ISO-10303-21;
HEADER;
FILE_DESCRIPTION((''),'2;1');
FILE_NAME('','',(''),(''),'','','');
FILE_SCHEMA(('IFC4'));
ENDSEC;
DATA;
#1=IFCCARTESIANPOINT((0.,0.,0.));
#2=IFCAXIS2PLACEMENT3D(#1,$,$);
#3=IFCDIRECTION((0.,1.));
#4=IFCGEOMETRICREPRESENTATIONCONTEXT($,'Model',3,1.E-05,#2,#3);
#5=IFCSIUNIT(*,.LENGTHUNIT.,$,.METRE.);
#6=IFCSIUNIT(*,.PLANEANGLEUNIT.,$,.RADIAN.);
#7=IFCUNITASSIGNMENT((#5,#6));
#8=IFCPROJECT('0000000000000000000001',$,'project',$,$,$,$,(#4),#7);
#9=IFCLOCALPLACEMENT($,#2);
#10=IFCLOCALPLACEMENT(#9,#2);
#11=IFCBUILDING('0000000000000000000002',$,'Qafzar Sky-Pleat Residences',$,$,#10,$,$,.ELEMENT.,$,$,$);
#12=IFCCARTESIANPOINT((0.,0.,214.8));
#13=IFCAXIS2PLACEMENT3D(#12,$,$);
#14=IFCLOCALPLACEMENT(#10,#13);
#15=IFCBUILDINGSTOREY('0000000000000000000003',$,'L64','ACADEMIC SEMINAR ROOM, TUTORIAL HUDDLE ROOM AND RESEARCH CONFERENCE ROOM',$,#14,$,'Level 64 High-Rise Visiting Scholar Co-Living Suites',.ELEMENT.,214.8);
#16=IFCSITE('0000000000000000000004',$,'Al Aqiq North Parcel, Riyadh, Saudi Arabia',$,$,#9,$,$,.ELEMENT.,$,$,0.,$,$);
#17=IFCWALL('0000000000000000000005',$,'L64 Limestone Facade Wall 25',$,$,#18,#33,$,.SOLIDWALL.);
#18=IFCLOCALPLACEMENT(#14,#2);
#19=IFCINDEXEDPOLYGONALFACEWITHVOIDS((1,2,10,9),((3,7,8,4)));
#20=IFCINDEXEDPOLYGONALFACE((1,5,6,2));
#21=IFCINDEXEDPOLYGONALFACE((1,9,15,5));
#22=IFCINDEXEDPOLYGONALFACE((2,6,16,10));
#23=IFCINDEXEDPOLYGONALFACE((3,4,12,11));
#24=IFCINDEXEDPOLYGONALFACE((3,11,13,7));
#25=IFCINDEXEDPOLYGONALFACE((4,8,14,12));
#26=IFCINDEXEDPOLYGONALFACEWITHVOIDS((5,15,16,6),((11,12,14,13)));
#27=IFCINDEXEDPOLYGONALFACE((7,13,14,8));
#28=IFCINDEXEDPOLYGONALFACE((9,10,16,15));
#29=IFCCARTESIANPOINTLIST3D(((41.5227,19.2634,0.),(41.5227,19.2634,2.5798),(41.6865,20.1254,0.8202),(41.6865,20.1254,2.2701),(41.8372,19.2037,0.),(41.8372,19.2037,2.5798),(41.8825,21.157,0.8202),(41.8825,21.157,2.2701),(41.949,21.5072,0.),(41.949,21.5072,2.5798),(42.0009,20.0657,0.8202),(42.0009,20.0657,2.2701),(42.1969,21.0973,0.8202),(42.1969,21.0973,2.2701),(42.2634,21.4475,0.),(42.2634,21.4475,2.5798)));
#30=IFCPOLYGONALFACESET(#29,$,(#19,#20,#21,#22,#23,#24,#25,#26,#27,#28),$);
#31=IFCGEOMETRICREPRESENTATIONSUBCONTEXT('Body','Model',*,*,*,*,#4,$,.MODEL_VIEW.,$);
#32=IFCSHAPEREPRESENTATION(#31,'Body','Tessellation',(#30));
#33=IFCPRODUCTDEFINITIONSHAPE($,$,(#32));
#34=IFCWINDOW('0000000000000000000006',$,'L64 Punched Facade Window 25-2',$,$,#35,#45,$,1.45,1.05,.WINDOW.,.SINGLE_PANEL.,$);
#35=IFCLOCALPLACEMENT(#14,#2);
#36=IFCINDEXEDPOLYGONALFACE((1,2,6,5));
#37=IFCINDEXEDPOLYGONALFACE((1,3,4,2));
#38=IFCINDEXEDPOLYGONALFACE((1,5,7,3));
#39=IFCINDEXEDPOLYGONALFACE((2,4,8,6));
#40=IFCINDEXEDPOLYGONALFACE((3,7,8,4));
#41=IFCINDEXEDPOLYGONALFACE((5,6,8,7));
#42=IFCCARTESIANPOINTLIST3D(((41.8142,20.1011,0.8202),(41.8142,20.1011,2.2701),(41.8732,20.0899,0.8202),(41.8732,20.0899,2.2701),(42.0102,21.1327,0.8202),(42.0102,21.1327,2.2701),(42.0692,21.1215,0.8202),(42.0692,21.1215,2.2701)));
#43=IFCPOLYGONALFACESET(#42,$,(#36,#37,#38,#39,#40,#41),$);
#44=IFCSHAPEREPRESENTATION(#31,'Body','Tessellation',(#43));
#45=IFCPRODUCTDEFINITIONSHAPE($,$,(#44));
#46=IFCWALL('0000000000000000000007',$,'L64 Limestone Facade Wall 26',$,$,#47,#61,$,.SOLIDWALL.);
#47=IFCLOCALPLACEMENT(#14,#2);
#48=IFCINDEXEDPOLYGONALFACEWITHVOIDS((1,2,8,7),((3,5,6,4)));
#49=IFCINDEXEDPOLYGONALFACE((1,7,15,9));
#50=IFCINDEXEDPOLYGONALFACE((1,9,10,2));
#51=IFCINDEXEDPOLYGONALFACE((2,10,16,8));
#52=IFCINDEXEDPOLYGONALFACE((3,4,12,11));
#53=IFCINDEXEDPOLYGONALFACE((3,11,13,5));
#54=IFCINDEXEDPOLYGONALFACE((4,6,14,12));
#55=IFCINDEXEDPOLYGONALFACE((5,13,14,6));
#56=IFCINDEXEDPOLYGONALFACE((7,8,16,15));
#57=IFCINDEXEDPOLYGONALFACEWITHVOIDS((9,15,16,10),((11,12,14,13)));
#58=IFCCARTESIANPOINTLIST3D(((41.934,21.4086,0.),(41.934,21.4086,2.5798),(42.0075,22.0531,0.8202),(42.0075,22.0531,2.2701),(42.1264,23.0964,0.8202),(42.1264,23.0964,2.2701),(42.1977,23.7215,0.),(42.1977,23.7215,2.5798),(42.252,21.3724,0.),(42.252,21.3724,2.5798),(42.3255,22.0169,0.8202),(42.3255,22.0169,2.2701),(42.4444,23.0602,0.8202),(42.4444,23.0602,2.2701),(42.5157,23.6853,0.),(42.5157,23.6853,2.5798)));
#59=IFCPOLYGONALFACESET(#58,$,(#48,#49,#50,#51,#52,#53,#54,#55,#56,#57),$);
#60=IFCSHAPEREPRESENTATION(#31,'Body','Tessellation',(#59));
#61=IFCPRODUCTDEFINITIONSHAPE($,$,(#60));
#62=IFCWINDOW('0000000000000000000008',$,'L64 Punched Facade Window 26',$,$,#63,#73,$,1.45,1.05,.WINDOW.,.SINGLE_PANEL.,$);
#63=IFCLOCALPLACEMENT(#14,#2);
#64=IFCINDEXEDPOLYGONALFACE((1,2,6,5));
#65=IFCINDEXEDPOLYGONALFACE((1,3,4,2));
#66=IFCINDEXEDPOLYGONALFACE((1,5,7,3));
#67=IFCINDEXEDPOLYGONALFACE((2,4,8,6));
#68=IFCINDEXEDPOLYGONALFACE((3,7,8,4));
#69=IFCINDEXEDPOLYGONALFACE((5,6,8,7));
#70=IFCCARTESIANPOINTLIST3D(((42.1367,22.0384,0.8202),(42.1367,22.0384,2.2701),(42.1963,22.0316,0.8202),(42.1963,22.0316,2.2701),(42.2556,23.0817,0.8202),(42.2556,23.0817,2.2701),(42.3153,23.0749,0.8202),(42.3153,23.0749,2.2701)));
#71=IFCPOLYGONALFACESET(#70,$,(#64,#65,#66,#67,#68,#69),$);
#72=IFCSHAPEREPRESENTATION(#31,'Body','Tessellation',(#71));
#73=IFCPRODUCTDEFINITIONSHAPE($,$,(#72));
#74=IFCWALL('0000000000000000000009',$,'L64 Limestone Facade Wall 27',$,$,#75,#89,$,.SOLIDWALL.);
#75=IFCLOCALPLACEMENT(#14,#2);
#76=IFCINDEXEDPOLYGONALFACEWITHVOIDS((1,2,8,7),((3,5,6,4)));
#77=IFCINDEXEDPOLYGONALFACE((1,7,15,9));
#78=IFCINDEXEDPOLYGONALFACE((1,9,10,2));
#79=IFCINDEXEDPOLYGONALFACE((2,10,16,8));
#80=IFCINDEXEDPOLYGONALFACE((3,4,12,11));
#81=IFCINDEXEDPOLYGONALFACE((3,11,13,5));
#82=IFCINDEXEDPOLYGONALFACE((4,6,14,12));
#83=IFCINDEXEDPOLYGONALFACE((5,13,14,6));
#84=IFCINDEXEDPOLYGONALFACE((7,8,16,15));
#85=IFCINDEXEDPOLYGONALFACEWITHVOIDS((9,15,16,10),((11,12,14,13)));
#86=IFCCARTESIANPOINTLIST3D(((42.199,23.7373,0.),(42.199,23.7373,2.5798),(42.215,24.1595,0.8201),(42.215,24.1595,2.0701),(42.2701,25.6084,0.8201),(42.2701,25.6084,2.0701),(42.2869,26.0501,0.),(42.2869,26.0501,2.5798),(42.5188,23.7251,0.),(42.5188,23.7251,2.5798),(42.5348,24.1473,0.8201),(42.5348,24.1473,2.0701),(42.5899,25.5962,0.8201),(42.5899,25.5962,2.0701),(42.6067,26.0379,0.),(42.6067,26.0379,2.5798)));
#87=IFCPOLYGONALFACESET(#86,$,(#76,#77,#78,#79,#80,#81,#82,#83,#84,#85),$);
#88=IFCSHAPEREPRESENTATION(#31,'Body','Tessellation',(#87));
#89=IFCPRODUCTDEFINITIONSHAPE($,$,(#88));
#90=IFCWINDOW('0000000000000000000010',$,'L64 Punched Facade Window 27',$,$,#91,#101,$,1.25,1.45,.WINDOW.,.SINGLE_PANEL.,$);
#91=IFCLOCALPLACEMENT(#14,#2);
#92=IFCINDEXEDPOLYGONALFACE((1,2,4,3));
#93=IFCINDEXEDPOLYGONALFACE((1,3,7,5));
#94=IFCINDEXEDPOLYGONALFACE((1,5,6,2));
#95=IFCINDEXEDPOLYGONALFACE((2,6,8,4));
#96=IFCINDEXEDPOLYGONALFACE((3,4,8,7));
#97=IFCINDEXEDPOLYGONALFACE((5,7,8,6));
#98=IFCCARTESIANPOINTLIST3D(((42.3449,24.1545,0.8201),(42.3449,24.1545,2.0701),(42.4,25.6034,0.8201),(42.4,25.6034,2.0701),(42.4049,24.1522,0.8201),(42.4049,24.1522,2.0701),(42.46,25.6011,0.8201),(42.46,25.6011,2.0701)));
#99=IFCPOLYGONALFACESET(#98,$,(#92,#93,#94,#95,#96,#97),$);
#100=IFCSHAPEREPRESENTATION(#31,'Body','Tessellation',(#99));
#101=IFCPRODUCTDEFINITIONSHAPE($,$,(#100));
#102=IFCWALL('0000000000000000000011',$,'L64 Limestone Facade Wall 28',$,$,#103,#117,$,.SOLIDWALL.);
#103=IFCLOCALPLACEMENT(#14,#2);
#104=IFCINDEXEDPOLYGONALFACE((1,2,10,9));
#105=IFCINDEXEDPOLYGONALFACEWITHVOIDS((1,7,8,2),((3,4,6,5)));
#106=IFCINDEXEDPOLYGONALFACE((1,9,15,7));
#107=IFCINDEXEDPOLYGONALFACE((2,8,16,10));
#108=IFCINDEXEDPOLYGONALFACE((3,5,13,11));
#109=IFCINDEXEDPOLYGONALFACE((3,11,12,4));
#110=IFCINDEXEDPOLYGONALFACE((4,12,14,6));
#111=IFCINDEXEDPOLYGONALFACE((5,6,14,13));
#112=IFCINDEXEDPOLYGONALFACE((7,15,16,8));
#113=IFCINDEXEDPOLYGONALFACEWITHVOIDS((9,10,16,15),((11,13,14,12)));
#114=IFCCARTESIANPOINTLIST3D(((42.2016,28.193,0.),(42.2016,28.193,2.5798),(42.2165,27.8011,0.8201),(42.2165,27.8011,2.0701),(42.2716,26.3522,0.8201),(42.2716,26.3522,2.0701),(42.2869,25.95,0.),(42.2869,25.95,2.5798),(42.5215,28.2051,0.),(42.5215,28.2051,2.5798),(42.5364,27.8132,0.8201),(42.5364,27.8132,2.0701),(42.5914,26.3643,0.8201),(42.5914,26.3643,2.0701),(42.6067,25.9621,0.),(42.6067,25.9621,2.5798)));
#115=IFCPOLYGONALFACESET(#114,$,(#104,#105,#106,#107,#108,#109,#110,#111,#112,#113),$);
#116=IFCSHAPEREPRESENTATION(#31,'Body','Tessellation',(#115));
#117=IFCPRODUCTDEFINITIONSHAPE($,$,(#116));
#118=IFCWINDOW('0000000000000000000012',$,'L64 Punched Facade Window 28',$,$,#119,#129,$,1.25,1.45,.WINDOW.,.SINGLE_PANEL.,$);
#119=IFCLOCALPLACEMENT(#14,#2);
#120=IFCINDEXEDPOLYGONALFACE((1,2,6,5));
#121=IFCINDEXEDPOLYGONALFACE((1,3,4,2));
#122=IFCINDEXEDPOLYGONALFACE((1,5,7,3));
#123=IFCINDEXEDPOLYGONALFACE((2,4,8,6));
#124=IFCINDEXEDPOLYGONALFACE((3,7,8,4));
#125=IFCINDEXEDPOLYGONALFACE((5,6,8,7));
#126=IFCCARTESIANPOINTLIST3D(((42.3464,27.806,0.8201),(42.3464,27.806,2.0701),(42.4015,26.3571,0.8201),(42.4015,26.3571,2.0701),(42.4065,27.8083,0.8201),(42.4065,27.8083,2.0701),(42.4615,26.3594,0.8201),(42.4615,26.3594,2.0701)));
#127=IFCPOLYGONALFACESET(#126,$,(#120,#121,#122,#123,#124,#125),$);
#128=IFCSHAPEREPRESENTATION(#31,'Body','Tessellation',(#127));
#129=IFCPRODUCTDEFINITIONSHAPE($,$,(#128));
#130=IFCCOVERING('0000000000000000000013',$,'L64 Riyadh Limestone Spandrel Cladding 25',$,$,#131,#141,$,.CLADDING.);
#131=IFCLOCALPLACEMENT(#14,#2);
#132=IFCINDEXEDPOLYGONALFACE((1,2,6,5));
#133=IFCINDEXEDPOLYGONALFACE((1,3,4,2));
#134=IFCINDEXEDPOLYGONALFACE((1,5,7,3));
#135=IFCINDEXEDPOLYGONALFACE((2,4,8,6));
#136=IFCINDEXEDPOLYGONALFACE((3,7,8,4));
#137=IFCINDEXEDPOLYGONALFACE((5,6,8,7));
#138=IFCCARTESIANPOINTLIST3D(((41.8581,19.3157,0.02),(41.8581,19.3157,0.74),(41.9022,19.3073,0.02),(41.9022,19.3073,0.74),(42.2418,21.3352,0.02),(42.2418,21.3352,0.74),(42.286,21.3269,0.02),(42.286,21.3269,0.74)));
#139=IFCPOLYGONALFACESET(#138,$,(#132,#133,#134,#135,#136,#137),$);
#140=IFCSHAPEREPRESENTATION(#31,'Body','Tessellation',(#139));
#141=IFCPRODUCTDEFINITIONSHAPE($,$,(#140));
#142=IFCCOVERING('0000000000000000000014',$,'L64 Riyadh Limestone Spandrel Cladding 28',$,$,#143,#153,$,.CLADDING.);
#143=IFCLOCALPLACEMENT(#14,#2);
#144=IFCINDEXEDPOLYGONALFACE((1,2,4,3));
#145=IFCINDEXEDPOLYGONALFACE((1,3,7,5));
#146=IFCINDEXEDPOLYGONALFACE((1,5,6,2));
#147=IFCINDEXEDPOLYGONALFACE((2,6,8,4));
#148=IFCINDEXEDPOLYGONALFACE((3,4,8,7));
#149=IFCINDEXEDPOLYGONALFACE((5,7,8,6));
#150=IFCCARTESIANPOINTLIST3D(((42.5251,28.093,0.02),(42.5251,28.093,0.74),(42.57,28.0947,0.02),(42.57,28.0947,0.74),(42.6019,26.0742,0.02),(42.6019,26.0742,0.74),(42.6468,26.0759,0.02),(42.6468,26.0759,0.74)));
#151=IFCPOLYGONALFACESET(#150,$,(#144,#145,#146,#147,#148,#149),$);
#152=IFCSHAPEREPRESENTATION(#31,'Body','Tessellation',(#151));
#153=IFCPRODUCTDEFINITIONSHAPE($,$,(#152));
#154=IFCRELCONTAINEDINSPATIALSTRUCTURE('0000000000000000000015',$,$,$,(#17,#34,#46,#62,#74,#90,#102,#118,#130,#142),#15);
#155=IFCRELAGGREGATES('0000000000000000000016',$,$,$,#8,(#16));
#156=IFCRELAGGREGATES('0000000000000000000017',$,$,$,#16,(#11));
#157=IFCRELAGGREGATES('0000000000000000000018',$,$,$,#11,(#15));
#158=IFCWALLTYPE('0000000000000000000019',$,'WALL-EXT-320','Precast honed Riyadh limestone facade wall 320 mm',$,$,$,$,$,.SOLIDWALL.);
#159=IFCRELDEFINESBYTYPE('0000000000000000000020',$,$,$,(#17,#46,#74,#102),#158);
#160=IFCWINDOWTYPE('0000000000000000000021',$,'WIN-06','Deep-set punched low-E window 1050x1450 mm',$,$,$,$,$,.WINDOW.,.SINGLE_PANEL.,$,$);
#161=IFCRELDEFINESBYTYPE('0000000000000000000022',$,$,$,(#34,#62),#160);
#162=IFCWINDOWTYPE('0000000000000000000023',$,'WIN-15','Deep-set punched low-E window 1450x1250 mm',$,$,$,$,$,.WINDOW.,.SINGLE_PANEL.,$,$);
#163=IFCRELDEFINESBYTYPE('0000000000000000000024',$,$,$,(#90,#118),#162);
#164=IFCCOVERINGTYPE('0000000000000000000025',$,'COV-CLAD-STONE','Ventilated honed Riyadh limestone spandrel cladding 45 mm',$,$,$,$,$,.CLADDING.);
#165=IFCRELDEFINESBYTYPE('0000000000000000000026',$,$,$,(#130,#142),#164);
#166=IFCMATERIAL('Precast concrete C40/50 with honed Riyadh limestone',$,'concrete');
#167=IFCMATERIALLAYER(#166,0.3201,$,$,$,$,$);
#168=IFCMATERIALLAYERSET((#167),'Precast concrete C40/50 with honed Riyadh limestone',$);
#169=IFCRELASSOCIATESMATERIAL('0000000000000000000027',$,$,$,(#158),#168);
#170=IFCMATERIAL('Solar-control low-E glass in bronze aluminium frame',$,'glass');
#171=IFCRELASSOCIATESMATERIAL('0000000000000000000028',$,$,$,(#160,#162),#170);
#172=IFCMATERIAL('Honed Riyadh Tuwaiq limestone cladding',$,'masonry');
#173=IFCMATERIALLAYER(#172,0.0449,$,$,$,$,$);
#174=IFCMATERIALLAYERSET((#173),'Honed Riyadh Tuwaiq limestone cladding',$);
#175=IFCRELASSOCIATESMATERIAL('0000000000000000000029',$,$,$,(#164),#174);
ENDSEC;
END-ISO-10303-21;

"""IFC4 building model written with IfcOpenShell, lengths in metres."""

from ifc_helpers import new_model, si_unit, direction, frame, frame_2d, origin, origin_2d, place, context, subcontext, project, spatial, rectangle, extrude, source, transform, mapped, material, layer, layer_set, type_object, element, fill, save


model = new_model("IFC4")

# Units and contexts
model_context = context("Model", 3, precision=1e-05, world=origin(), true_north=direction((0.0, 1.0)))
body_context = subcontext(model_context, "Body", "Model", "MODEL_VIEW")
ifc_project = project(units=[si_unit("LENGTHUNIT", "METRE"), si_unit("PLANEANGLEUNIT", "RADIAN")], contexts=[model_context])

# Site, building, storey
site_placement = place(None, origin())
site = spatial("IfcSite", under=ifc_project, at=site_placement, Name="Al Aqiq North Parcel, Riyadh, Saudi Arabia", CompositionType="ELEMENT", RefElevation=0.0)
building_placement = place(site_placement, origin())
building = spatial("IfcBuilding", under=site, at=building_placement, Name="Qafzar Sky-Pleat Residences", CompositionType="ELEMENT")
storey_placement = place(building_placement, frame((0.0, 0.0, 214.8)))
storey = spatial("IfcBuildingStorey", under=building, at=storey_placement, Name="L64", Description="ACADEMIC SEMINAR ROOM, TUTORIAL HUDDLE ROOM AND RESEARCH CONFERENCE ROOM", LongName="Level 64 High-Rise Visiting Scholar Co-Living Suites", CompositionType="ELEMENT", Elevation=214.8)

# Walls, openings, windows
ifc_material_1 = material(Name="Precast concrete C40/50 with honed Riyadh limestone", Category="concrete")
ifc_layer_1 = layer(ifc_material_1, 0.3201)
ifc_layer_set_1 = layer_set([ifc_layer_1], Name="Precast concrete C40/50 with honed Riyadh limestone")
wall_type_1 = type_object("IfcWallType", Name="WALL-EXT-320", Description="Precast honed Riyadh limestone facade wall 320 mm", PredefinedType="SOLIDWALL", material=ifc_layer_set_1)
wall_1_placement = place(storey_placement, frame((41.6799, 19.2334, 0.0), z_axis=(0.0, 0.0, 1.0), x_axis=(0.186631, 0.98243, 0.0)))
wall_1 = element("IfcWall", 1, at=wall_1_placement, inside=storey, type_object=wall_type_1, Name="L64 Limestone Facade Wall 25", PredefinedType="SOLIDWALL", context=body_context, shape_type="SweptSolid", body=[
    extrude(rectangle(XDim=2.2839, YDim=0.3201, at=frame_2d((1.1421, 0.0))), origin(), (0.0, 0.0, 1.0), 2.5798),
])
opening_1_placement = place(wall_1_placement, frame((0.8777, 0.0, 0.8201)))
opening_1 = element("IfcOpeningElement", 2, at=opening_1_placement, cuts=wall_1, PredefinedType="OPENING", context=body_context, shape_type="SweptSolid", body=[
    extrude(rectangle(XDim=1.05, YDim=1.45, at=frame_2d((0.5249, 0.7251))), frame((0.0, 0.1699, 0.0), z_axis=(0.0, -1.0, 0.0), x_axis=(1.0, 0.0, 0.0)), (0.0, 0.0, 1.0), 0.3401),
])
ifc_material_2 = material(Name="Solar-control low-E glass in bronze aluminium frame", Category="glass")
window_type_1 = type_object("IfcWindowType", Name="WIN-06", Description="Deep-set punched low-E window 1050x1450 mm", PartitioningType="SINGLE_PANEL", PredefinedType="WINDOW", material=ifc_material_2)
shared_shape_1 = source(origin(), body_context, "Body", "SweptSolid", [
    extrude(rectangle(XDim=1.05, YDim=1.45, at=frame_2d((0.5249, 0.7251))), frame((0.0, 0.03, 0.0), z_axis=(0.0, -1.0, 0.0), x_axis=(1.0, 0.0, 0.0)), (0.0, 0.0, 1.0), 0.0601),
])
window_1_placement = place(opening_1_placement, origin())
window_1 = element("IfcWindow", 3, at=window_1_placement, inside=storey, type_object=window_type_1, Name="L64 Punched Facade Window 25-2", OverallHeight=1.45, OverallWidth=1.05, PartitioningType="SINGLE_PANEL", PredefinedType="WINDOW", context=body_context, shape_type="MappedRepresentation", body=[
    mapped(shared_shape_1, transform((0.0, 0.0, 0.0), x_axis=(1.0, 0.0, 0.0), y_axis=(0.0, 1.0, 0.0), z_axis=(0.0, 0.0, 1.0), scale=1.0)),
])
fill(opening_1, window_1)
wall_2_placement = place(storey_placement, frame((42.093, 21.3904, 0.0), z_axis=(0.0, 0.0, 1.0), x_axis=(0.113263, 0.993565, 0.0)))
wall_2 = element("IfcWall", 4, at=wall_2_placement, inside=storey, type_object=wall_type_1, Name="L64 Limestone Facade Wall 26", PredefinedType="SOLIDWALL", context=body_context, shape_type="SweptSolid", body=[
    extrude(rectangle(XDim=2.3279, YDim=0.3201, at=frame_2d((1.1641, 0.0))), origin(), (0.0, 0.0, 1.0), 2.5798),
])
opening_2_placement = place(wall_2_placement, frame((0.6489, 0.0, 0.8201)))
opening_2 = element("IfcOpeningElement", 5, at=opening_2_placement, cuts=wall_2, PredefinedType="OPENING", context=body_context, shape_type="SweptSolid", body=[
    extrude(rectangle(XDim=1.05, YDim=1.45, at=frame_2d((0.5249, 0.7251))), frame((0.0, 0.1699, 0.0), z_axis=(0.0, -1.0, 0.0), x_axis=(1.0, 0.0, 0.0)), (0.0, 0.0, 1.0), 0.3401),
])
window_2_placement = place(opening_2_placement, origin())
window_2 = element("IfcWindow", 6, at=window_2_placement, inside=storey, type_object=window_type_1, Name="L64 Punched Facade Window 26", OverallHeight=1.45, OverallWidth=1.05, PartitioningType="SINGLE_PANEL", PredefinedType="WINDOW", context=body_context, shape_type="MappedRepresentation", body=[
    mapped(shared_shape_1, transform((0.0, 0.0, 0.0), x_axis=(1.0, 0.0, 0.0), y_axis=(0.0, 1.0, 0.0), z_axis=(0.0, 0.0, 1.0), scale=1.0)),
])
fill(opening_2, window_2)
wall_3_placement = place(storey_placement, frame((42.3589, 23.7312, 0.0), z_axis=(0.0, 0.0, 1.0), x_axis=(0.037975, 0.999279, 0.0)))
wall_3 = element("IfcWall", 7, at=wall_3_placement, inside=storey, type_object=wall_type_1, Name="L64 Limestone Facade Wall 27", PredefinedType="SOLIDWALL", context=body_context, shape_type="SweptSolid", body=[
    extrude(rectangle(XDim=2.3145, YDim=0.3201, at=frame_2d((1.1572, 0.0))), origin(), (0.0, 0.0, 1.0), 2.5798),
])
opening_3_placement = place(wall_3_placement, frame((0.4224, 0.0, 0.8201)))
opening_3 = element("IfcOpeningElement", 8, at=opening_3_placement, cuts=wall_3, PredefinedType="OPENING", context=body_context, shape_type="SweptSolid", body=[
    extrude(rectangle(XDim=1.45, YDim=1.25, at=frame_2d((0.7251, 0.625))), frame((0.0, 0.1699, 0.0), z_axis=(0.0, -1.0, 0.0), x_axis=(1.0, 0.0, 0.0)), (0.0, 0.0, 1.0), 0.3401),
])
window_type_2 = type_object("IfcWindowType", Name="WIN-15", Description="Deep-set punched low-E window 1450x1250 mm", PartitioningType="SINGLE_PANEL", PredefinedType="WINDOW", material=ifc_material_2)
shared_shape_2 = source(origin(), body_context, "Body", "SweptSolid", [
    extrude(rectangle(XDim=1.45, YDim=1.25, at=frame_2d((0.7251, 0.625))), frame((0.0, 0.03, 0.0), z_axis=(0.0, -1.0, 0.0), x_axis=(1.0, 0.0, 0.0)), (0.0, 0.0, 1.0), 0.0601),
])
window_3_placement = place(opening_3_placement, origin())
window_3 = element("IfcWindow", 9, at=window_3_placement, inside=storey, type_object=window_type_2, Name="L64 Punched Facade Window 27", OverallHeight=1.25, OverallWidth=1.45, PartitioningType="SINGLE_PANEL", PredefinedType="WINDOW", context=body_context, shape_type="MappedRepresentation", body=[
    mapped(shared_shape_2, transform((0.0, 0.0, 0.0), x_axis=(1.0, 0.0, 0.0), y_axis=(0.0, 1.0, 0.0), z_axis=(0.0, 0.0, 1.0), scale=1.0)),
])
fill(opening_3, window_3)
wall_4_placement = place(storey_placement, frame((42.4468, 25.9561, 0.0), z_axis=(0.0, 0.0, 1.0), x_axis=(-0.037961, 0.999279, 0.0)))
wall_4 = element("IfcWall", 10, at=wall_4_placement, inside=storey, type_object=wall_type_1, Name="L64 Limestone Facade Wall 28", PredefinedType="SOLIDWALL", context=body_context, shape_type="SweptSolid", body=[
    extrude(rectangle(XDim=2.2446, YDim=0.3201, at=frame_2d((1.1223, 0.0))), origin(), (0.0, 0.0, 1.0), 2.5798),
])
opening_4_placement = place(wall_4_placement, frame((0.4023, 0.0, 0.8201)))
opening_4 = element("IfcOpeningElement", 11, at=opening_4_placement, cuts=wall_4, PredefinedType="OPENING", context=body_context, shape_type="SweptSolid", body=[
    extrude(rectangle(XDim=1.45, YDim=1.25, at=frame_2d((0.7251, 0.625))), frame((0.0, 0.1699, 0.0), z_axis=(0.0, -1.0, 0.0), x_axis=(1.0, 0.0, 0.0)), (0.0, 0.0, 1.0), 0.3401),
])
window_4_placement = place(opening_4_placement, origin())
window_4 = element("IfcWindow", 12, at=window_4_placement, inside=storey, type_object=window_type_2, Name="L64 Punched Facade Window 28", OverallHeight=1.25, OverallWidth=1.45, PartitioningType="SINGLE_PANEL", PredefinedType="WINDOW", context=body_context, shape_type="MappedRepresentation", body=[
    mapped(shared_shape_2, transform((0.0, 0.0, 0.0), x_axis=(1.0, 0.0, 0.0), y_axis=(0.0, 1.0, 0.0), z_axis=(0.0, 0.0, 1.0), scale=1.0)),
])
fill(opening_4, window_4)

# Coverings
ifc_material_3 = material(Name="Honed Riyadh Tuwaiq limestone cladding", Category="masonry")
ifc_layer_2 = layer(ifc_material_3, 0.0449)
ifc_layer_set_2 = layer_set([ifc_layer_2], Name="Honed Riyadh Tuwaiq limestone cladding")
covering_type = type_object("IfcCoveringType", Name="COV-CLAD-STONE", Description="Ventilated honed Riyadh limestone spandrel cladding 45 mm", PredefinedType="CLADDING", material=ifc_layer_set_2)
shared_shape_3 = source(origin(), body_context, "Body", "SweptSolid", [
    extrude(rectangle(XDim=2.0557, YDim=0.0449, at=origin_2d()), origin(), (0.0, 0.0, 1.0), 0.72),
])
covering_1_placement = place(storey_placement, frame((42.072, 20.3213, 0.02), z_axis=(0.0, 0.0, 1.0), x_axis=(0.186686, 0.98242, 0.0)))
element("IfcCovering", 13, at=covering_1_placement, inside=storey, type_object=covering_type, Name="L64 Riyadh Limestone Spandrel Cladding 25", PredefinedType="CLADDING", context=body_context, shape_type="MappedRepresentation", body=[
    mapped(shared_shape_3, transform((0.0, 0.0, 0.0), x_axis=(1.0, 0.0, 0.0), y_axis=(0.0, 1.0, 0.0), z_axis=(0.0, 0.0, 1.0), scale=1.0)),
])
shared_shape_4 = source(origin(), body_context, "Body", "SweptSolid", [
    extrude(rectangle(XDim=2.0203, YDim=0.0449, at=origin_2d()), origin(), (0.0, 0.0, 1.0), 0.72),
])
covering_2_placement = place(storey_placement, frame((42.5859, 27.0845, 0.02), z_axis=(0.0, 0.0, 1.0), x_axis=(-0.038002, 0.999278, 0.0)))
element("IfcCovering", 14, at=covering_2_placement, inside=storey, type_object=covering_type, Name="L64 Riyadh Limestone Spandrel Cladding 28", PredefinedType="CLADDING", context=body_context, shape_type="MappedRepresentation", body=[
    mapped(shared_shape_4, transform((0.0, 0.0, 0.0), x_axis=(1.0, 0.0, 0.0), y_axis=(0.0, 1.0, 0.0), z_axis=(0.0, 0.0, 1.0), scale=1.0)),
])

save(model, "model.ifc")
